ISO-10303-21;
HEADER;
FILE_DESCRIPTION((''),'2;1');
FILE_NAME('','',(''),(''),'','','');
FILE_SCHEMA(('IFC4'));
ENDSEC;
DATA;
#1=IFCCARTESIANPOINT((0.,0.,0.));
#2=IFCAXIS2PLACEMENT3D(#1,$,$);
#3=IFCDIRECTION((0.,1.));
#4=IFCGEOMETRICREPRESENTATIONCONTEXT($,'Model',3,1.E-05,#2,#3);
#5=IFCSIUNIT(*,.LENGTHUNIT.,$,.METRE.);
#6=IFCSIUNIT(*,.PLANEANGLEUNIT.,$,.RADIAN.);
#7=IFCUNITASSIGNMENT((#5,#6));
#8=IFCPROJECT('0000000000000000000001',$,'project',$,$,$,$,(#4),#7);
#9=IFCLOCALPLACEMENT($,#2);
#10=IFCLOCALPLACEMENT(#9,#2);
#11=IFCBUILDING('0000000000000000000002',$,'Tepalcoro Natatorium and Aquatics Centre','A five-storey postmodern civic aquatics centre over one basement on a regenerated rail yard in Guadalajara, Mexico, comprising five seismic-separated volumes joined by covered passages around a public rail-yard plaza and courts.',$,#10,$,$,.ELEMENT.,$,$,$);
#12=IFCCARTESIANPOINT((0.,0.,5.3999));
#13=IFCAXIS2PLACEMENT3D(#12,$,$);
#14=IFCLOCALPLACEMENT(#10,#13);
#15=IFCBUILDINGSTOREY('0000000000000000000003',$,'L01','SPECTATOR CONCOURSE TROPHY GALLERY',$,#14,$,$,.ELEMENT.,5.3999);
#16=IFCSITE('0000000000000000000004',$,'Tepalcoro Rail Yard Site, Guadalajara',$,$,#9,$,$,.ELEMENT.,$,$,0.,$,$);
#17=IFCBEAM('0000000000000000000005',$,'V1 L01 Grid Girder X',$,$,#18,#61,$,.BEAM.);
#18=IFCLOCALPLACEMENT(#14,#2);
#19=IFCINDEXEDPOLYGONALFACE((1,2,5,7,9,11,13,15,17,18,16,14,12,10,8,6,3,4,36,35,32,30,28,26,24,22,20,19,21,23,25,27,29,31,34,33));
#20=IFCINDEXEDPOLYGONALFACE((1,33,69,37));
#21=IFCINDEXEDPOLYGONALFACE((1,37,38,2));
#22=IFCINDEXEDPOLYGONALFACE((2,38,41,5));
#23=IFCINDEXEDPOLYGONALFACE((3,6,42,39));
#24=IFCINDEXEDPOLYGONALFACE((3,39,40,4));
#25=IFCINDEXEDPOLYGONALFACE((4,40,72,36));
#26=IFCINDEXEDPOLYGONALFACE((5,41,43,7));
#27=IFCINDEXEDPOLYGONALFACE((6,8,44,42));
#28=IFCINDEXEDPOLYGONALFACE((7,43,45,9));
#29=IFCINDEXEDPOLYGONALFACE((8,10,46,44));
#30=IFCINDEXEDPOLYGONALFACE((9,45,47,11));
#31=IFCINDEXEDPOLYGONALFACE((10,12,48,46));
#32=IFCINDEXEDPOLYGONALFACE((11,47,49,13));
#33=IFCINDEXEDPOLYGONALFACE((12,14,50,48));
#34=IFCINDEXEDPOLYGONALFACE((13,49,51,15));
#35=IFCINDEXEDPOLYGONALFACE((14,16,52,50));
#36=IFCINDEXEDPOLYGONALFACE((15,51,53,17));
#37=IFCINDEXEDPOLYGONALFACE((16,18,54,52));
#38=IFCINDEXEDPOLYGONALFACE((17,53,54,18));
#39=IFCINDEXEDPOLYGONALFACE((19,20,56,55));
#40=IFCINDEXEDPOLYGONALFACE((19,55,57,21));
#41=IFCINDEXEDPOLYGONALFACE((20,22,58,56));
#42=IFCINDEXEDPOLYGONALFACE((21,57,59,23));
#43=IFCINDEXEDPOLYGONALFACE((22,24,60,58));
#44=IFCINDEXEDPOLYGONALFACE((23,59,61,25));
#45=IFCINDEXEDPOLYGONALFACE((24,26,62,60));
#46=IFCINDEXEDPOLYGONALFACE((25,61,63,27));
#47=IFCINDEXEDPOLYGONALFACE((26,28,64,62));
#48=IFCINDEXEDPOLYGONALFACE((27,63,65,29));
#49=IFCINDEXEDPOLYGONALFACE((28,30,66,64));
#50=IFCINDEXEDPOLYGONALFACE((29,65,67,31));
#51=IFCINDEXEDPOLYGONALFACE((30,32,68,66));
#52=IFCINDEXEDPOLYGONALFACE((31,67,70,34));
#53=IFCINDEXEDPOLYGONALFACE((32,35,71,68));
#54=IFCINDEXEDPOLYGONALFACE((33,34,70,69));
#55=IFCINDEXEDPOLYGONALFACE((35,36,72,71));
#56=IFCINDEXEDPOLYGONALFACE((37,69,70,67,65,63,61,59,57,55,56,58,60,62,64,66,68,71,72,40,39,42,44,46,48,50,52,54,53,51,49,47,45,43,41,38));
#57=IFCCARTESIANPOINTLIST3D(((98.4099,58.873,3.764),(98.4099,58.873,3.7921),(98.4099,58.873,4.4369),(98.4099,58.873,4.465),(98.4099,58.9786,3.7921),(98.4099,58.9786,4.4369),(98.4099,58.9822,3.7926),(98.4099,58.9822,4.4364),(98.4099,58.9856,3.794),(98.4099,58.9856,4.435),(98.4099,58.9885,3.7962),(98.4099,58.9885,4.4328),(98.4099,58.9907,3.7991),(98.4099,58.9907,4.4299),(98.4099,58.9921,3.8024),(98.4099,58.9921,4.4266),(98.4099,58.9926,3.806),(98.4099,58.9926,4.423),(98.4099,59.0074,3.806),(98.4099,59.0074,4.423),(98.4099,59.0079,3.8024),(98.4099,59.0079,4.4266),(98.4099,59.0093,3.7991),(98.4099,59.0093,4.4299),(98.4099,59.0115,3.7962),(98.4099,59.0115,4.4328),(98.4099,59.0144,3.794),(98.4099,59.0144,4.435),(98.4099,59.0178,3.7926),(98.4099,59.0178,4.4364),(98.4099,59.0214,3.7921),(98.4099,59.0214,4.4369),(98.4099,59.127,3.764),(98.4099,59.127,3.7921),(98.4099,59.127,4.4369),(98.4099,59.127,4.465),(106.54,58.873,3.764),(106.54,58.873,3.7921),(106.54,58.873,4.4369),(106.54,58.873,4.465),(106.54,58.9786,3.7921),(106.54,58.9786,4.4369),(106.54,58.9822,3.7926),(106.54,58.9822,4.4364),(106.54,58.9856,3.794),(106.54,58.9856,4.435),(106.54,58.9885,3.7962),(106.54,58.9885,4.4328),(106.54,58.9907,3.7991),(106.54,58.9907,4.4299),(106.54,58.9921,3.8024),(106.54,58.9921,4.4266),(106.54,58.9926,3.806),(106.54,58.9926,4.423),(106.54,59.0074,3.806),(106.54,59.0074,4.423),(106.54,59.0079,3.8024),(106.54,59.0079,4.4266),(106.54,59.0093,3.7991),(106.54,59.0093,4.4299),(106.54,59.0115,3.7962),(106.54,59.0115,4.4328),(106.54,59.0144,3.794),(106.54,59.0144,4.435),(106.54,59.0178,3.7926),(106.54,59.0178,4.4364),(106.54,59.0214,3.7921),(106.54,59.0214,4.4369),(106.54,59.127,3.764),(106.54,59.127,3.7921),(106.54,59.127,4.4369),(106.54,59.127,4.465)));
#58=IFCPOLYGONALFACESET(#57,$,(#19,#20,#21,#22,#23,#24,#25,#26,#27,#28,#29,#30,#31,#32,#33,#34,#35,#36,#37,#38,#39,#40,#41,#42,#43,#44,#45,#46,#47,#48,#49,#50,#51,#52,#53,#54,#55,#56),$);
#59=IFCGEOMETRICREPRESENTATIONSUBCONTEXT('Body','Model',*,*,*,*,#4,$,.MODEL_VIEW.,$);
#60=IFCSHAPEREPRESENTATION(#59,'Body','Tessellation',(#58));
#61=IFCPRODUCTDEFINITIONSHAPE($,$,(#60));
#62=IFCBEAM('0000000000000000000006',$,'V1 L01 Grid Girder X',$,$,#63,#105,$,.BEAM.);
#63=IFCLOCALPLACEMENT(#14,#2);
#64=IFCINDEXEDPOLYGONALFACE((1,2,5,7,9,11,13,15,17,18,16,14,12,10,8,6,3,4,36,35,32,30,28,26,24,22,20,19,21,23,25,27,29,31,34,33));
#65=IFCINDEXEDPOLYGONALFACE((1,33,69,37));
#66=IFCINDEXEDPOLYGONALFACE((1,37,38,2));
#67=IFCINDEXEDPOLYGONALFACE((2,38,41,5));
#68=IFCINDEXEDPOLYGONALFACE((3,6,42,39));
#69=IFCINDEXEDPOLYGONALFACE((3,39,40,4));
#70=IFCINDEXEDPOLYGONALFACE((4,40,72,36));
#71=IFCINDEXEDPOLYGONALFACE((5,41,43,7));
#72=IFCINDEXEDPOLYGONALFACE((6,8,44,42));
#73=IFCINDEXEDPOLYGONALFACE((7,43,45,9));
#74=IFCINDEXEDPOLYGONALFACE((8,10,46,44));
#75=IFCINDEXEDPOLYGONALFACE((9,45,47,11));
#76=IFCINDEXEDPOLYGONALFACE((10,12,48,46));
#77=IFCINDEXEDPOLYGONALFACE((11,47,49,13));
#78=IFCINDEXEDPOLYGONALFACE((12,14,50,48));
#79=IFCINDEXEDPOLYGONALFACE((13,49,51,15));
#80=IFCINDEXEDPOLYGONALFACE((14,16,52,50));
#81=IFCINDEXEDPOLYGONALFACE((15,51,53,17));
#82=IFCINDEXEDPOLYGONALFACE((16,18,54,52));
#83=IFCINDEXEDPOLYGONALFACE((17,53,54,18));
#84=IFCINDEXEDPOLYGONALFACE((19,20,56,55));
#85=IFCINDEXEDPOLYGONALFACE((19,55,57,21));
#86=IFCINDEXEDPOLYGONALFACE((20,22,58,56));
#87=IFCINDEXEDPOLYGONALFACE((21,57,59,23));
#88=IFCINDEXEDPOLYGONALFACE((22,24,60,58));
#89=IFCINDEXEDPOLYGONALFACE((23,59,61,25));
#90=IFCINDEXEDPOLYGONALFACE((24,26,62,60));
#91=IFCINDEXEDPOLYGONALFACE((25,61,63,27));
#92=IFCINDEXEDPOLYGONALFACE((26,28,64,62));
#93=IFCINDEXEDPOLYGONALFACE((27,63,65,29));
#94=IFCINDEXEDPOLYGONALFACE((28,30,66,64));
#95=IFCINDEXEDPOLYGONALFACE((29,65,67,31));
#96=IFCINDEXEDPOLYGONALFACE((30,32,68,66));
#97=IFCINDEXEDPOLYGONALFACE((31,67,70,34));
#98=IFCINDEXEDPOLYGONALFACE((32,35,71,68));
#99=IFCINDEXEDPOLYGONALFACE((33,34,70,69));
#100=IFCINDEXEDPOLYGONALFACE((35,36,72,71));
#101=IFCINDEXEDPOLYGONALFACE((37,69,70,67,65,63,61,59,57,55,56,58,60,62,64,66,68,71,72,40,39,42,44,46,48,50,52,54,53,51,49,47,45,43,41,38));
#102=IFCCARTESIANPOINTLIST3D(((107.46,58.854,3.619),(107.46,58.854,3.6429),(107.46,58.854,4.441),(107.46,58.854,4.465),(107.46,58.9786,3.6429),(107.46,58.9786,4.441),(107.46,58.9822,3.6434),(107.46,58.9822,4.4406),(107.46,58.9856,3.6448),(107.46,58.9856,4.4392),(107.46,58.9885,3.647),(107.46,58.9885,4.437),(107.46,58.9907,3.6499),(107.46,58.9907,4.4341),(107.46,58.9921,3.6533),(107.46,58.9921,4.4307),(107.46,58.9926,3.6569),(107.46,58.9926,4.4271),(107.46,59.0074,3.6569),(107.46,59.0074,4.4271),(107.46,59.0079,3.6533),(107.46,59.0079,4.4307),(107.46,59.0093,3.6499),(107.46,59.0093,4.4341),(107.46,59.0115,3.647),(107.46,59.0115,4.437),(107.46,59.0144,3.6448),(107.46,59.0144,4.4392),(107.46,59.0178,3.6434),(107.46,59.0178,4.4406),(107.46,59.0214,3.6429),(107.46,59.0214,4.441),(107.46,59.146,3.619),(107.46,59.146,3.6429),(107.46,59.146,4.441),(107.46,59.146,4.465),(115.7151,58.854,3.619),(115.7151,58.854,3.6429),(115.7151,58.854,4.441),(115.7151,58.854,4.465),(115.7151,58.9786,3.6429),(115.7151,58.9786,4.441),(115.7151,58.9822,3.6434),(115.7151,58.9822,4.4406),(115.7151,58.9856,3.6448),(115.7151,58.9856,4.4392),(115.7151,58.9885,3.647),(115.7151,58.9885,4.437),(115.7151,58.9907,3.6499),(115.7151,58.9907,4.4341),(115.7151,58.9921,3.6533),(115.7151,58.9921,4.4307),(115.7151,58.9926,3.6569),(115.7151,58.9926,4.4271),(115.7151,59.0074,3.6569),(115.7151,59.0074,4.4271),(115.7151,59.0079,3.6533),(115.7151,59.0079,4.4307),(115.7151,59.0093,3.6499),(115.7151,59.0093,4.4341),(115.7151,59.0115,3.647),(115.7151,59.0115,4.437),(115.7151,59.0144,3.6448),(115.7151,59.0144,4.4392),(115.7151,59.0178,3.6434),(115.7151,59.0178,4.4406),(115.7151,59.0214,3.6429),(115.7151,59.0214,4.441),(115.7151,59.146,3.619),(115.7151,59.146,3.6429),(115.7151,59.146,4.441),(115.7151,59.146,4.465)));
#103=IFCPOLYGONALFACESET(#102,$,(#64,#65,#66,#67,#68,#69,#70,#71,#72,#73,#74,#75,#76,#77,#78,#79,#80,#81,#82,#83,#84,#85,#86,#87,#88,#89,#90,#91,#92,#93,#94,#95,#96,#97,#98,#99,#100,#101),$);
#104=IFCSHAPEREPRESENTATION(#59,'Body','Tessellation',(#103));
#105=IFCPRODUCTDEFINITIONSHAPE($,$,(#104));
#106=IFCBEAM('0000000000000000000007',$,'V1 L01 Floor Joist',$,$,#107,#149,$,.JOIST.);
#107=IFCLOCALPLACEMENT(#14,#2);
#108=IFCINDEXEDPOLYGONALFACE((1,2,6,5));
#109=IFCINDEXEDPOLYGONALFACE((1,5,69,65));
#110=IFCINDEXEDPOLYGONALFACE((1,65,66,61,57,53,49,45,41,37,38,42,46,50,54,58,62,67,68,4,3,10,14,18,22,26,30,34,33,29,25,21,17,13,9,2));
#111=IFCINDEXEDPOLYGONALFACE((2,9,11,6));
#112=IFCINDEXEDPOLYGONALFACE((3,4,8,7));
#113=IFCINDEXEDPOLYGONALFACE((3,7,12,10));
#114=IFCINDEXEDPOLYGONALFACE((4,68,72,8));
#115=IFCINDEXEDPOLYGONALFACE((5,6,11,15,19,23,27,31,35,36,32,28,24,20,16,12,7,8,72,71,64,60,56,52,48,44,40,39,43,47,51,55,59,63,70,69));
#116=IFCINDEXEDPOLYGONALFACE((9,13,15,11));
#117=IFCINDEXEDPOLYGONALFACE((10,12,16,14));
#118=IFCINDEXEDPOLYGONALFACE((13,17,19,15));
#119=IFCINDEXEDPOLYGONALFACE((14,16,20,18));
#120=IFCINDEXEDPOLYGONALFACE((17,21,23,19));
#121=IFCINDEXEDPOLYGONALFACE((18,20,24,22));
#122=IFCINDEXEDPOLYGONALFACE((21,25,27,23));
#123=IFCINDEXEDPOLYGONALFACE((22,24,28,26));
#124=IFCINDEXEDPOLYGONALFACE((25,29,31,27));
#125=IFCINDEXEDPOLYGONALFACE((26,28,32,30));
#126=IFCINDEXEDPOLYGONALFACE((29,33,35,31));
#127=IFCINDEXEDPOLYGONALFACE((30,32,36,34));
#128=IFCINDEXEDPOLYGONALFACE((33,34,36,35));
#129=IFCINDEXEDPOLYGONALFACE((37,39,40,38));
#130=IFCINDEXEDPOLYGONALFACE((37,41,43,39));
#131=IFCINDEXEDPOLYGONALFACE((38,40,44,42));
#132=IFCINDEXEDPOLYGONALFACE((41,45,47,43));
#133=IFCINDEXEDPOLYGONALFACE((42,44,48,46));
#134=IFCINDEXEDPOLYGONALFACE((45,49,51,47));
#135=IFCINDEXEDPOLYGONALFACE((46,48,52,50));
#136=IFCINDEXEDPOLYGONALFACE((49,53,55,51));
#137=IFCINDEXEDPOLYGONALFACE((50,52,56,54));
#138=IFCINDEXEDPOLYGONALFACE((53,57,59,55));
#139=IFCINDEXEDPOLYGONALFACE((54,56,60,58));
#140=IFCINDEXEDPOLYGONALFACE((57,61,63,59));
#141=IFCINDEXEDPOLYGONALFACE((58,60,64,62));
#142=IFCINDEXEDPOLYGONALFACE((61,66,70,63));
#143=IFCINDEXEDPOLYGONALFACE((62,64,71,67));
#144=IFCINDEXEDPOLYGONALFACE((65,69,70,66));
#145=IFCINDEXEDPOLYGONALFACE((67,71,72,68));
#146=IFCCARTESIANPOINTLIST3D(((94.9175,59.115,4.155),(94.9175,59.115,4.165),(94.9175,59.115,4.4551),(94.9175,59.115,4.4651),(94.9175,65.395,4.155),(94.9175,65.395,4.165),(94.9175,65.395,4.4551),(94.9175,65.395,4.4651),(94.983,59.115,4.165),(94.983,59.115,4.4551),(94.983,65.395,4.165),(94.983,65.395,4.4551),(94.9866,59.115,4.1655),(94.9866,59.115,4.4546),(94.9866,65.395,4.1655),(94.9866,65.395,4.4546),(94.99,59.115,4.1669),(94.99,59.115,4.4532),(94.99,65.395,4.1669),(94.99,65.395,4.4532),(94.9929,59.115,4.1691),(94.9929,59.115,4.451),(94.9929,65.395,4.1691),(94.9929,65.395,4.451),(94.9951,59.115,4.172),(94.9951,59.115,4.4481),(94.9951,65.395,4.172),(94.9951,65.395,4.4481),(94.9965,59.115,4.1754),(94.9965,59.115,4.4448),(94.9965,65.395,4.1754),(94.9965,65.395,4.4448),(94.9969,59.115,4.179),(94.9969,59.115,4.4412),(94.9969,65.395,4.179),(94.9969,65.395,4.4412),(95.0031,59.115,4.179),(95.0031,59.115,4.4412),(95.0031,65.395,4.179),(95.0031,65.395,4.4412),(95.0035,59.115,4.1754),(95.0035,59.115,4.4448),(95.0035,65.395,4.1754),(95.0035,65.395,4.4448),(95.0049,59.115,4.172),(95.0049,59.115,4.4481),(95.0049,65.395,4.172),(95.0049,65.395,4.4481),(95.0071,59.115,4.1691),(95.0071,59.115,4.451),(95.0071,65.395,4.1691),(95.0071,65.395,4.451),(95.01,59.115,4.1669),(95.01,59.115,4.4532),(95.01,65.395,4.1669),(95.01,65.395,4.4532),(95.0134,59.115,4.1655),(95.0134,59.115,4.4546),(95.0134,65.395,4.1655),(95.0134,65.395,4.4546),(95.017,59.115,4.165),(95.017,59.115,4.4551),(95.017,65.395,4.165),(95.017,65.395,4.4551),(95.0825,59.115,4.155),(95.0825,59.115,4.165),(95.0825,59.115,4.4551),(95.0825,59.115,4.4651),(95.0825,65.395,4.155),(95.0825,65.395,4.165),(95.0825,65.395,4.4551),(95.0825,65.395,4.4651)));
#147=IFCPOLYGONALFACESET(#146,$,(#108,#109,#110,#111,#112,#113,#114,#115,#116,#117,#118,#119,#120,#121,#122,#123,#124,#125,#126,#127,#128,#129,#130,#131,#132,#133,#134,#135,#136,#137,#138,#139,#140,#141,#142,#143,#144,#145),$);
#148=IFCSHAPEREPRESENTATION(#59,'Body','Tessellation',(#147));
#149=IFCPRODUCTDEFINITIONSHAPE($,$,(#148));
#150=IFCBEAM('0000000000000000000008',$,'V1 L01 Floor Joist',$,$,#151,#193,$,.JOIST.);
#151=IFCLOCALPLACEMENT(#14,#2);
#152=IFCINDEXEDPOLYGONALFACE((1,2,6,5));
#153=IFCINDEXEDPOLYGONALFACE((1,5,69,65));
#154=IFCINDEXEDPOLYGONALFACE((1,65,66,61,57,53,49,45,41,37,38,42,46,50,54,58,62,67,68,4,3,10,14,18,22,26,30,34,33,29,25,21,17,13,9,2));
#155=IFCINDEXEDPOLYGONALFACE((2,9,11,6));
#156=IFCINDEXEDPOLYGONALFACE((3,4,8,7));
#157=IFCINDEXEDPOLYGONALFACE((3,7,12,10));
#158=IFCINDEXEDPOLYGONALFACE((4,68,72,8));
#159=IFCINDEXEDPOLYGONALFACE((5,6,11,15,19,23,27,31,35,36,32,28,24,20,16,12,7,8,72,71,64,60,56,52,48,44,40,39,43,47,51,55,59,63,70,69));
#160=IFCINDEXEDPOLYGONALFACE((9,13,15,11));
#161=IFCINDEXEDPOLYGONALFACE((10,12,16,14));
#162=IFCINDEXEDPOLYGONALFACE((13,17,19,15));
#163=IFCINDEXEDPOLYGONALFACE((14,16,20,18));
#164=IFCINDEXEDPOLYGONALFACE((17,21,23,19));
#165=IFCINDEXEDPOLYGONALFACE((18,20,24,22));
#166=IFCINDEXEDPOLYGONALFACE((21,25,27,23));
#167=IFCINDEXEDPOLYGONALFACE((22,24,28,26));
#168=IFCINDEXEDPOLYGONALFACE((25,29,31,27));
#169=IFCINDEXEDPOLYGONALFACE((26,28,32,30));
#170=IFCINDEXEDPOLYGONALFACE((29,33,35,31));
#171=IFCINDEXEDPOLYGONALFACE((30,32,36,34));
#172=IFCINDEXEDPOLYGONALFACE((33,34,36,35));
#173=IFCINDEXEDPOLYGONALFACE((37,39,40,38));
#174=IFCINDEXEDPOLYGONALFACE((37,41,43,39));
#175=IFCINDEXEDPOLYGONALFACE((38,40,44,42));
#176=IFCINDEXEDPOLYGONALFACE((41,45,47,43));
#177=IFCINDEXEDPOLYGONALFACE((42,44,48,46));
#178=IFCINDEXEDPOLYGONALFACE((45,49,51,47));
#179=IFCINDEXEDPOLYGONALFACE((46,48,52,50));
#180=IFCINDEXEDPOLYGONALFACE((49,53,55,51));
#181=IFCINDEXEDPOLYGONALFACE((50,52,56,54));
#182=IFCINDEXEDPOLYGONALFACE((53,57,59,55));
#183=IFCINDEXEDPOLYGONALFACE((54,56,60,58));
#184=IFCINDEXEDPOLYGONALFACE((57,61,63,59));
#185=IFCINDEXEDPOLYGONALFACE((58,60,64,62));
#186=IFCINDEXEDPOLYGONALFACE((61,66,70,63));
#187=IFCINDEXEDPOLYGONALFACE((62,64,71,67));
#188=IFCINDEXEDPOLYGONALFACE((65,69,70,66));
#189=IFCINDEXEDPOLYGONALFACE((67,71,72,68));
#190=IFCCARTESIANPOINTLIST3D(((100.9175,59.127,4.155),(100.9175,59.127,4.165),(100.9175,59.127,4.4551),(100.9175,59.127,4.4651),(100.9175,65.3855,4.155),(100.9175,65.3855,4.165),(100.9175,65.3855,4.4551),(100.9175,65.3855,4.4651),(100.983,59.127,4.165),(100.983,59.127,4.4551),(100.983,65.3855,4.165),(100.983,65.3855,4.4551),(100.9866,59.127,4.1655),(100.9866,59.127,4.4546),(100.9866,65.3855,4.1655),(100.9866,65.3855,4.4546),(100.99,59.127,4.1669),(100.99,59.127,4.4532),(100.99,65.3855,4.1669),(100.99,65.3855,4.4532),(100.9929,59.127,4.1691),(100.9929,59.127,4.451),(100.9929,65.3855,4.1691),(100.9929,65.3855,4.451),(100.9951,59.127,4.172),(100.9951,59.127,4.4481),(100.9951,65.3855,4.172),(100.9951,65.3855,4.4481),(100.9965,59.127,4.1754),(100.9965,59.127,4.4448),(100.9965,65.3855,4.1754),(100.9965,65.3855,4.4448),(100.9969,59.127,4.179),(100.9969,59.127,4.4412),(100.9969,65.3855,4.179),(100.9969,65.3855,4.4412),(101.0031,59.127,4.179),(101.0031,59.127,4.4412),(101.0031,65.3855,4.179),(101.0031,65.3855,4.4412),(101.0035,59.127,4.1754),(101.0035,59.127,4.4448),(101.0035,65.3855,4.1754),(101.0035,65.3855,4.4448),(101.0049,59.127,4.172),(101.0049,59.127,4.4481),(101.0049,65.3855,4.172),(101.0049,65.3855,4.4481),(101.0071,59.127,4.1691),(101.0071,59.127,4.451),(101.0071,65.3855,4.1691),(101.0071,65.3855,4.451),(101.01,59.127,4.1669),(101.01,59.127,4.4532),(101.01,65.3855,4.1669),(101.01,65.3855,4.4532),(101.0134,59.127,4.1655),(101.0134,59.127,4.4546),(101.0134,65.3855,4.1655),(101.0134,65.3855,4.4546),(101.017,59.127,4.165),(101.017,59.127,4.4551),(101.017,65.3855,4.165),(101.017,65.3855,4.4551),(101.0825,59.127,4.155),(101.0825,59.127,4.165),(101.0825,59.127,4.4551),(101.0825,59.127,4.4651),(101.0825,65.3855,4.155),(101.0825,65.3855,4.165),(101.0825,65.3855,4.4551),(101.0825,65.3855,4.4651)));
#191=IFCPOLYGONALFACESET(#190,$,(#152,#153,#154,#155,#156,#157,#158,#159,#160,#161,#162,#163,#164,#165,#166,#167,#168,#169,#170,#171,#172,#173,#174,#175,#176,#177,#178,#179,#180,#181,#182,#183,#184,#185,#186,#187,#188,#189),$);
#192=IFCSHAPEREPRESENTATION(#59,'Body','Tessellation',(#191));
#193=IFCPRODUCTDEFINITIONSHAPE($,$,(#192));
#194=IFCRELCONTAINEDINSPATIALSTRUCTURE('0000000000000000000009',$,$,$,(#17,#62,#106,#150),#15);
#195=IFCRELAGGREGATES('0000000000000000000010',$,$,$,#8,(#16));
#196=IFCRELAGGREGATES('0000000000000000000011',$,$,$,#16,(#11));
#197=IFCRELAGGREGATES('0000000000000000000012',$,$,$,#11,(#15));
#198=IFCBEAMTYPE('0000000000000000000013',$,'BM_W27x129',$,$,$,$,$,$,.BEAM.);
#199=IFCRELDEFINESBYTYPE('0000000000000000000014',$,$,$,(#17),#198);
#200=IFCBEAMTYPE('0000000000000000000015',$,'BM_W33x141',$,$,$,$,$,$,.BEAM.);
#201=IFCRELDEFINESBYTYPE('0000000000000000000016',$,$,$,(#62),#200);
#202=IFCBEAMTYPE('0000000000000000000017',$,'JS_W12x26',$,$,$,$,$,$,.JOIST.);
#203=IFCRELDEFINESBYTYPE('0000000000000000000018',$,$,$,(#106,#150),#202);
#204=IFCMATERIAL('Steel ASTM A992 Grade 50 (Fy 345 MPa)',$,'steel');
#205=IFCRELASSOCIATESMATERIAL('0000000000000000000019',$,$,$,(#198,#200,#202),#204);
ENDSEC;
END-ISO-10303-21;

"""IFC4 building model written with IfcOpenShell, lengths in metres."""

from ifc_helpers import new_model, si_unit, direction, frame, origin, origin_2d, place, context, subcontext, project, spatial, i_section, extrude, material, material_profile, profile_set, type_object, element, save


model = new_model("IFC4")

# Units and contexts
model_context = context("Model", 3, precision=1e-05, world=origin(), true_north=direction((0.0, 1.0)))
body_context = subcontext(model_context, "Body", "Model", "MODEL_VIEW")
ifc_project = project(units=[si_unit("LENGTHUNIT", "METRE"), si_unit("PLANEANGLEUNIT", "RADIAN")], contexts=[model_context])

# Site, building, storey
site_placement = place(None, origin())
site = spatial("IfcSite", under=ifc_project, at=site_placement, Name="Tepalcoro Rail Yard Site, Guadalajara", CompositionType="ELEMENT", RefElevation=0.0)
building_placement = place(site_placement, origin())
building = spatial("IfcBuilding", under=site, at=building_placement, Name="Tepalcoro Natatorium and Aquatics Centre", Description="A five-storey postmodern civic aquatics centre over one basement on a regenerated rail yard in Guadalajara, Mexico, comprising five seismic-separated volumes joined by covered passages around a public rail-yard plaza and courts.", CompositionType="ELEMENT")
storey_placement = place(building_placement, frame((0.0, 0.0, 5.3999)))
storey = spatial("IfcBuildingStorey", under=building, at=storey_placement, Name="L01", Description="SPECTATOR CONCOURSE TROPHY GALLERY", CompositionType="ELEMENT", Elevation=5.3999)

# Beams
ifc_material_1 = material(Name="Steel ASTM A992 Grade 50 (Fy 345 MPa)", Category="steel")
ifc_material_profile_1 = material_profile(ifc_material_1, i_section(OverallWidth=0.2539, OverallDepth=0.7009, WebThickness=0.0149, FlangeThickness=0.0281, FilletRadius=0.0139, at=origin_2d()), Name="W27X129")
ifc_profile_set_1 = profile_set([ifc_material_profile_1], Name="Steel ASTM A992 Grade 50 (Fy 345 MPa)")
beam_type_1 = type_object("IfcBeamType", Name="BM_W27x129", PredefinedType="BEAM", material=ifc_profile_set_1)
beam_1_placement = place(storey_placement, frame((98.4099, 59.0, 4.1145), z_axis=(1.0, 0.0, 0.0), x_axis=(0.0, 1.0, 0.0)))
element("IfcBeam", 1, at=beam_1_placement, inside=storey, type_object=beam_type_1, Name="V1 L01 Grid Girder X", PredefinedType="BEAM", context=body_context, shape_type="SweptSolid", body=[
    extrude(i_section(OverallWidth=0.2539, OverallDepth=0.7009, WebThickness=0.0149, FlangeThickness=0.0281, FilletRadius=0.0139, at=origin_2d()), origin(), (0.0, 0.0, 1.0), 8.1301),
])
ifc_material_profile_2 = material_profile(ifc_material_1, i_section(OverallWidth=0.292, OverallDepth=0.8459, WebThickness=0.0149, FlangeThickness=0.0239, FilletRadius=0.0139, at=origin_2d()), Name="W33X141")
ifc_profile_set_2 = profile_set([ifc_material_profile_2], Name="Steel ASTM A992 Grade 50 (Fy 345 MPa)")
beam_type_2 = type_object("IfcBeamType", Name="BM_W33x141", PredefinedType="BEAM", material=ifc_profile_set_2)
beam_2_placement = place(storey_placement, frame((107.46, 59.0, 4.042), z_axis=(1.0, 0.0, 0.0), x_axis=(0.0, 1.0, 0.0)))
element("IfcBeam", 2, at=beam_2_placement, inside=storey, type_object=beam_type_2, Name="V1 L01 Grid Girder X", PredefinedType="BEAM", context=body_context, shape_type="SweptSolid", body=[
    extrude(i_section(OverallWidth=0.292, OverallDepth=0.8459, WebThickness=0.0149, FlangeThickness=0.0239, FilletRadius=0.0139, at=origin_2d()), origin(), (0.0, 0.0, 1.0), 8.2551),
])
ifc_material_profile_3 = material_profile(ifc_material_1, i_section(OverallWidth=0.165, OverallDepth=0.3101, WebThickness=0.0061, FlangeThickness=0.01, FilletRadius=0.0139, at=origin_2d()), Name="W12X26")
ifc_profile_set_3 = profile_set([ifc_material_profile_3], Name="Steel ASTM A992 Grade 50 (Fy 345 MPa)")
beam_type_3 = type_object("IfcBeamType", Name="JS_W12x26", PredefinedType="JOIST", material=ifc_profile_set_3)
beam_3_placement = place(storey_placement, frame((95.0, 59.115, 4.3101), z_axis=(0.0, 1.0, 0.0), x_axis=(-1.0, 0.0, 0.0)))
element("IfcBeam", 3, at=beam_3_placement, inside=storey, type_object=beam_type_3, Name="V1 L01 Floor Joist", PredefinedType="JOIST", context=body_context, shape_type="SweptSolid", body=[
    extrude(i_section(OverallWidth=0.165, OverallDepth=0.3101, WebThickness=0.0061, FlangeThickness=0.01, FilletRadius=0.0139, at=origin_2d()), origin(), (0.0, 0.0, 1.0), 6.28),
])
beam_4_placement = place(storey_placement, frame((101.0, 59.127, 4.3101), z_axis=(0.0, 1.0, 0.0), x_axis=(-1.0, 0.0, 0.0)))
element("IfcBeam", 4, at=beam_4_placement, inside=storey, type_object=beam_type_3, Name="V1 L01 Floor Joist", PredefinedType="JOIST", context=body_context, shape_type="SweptSolid", body=[
    extrude(i_section(OverallWidth=0.165, OverallDepth=0.3101, WebThickness=0.0061, FlangeThickness=0.01, FilletRadius=0.0139, at=origin_2d()), origin(), (0.0, 0.0, 1.0), 6.2585),
])

save(model, "model.ifc")
